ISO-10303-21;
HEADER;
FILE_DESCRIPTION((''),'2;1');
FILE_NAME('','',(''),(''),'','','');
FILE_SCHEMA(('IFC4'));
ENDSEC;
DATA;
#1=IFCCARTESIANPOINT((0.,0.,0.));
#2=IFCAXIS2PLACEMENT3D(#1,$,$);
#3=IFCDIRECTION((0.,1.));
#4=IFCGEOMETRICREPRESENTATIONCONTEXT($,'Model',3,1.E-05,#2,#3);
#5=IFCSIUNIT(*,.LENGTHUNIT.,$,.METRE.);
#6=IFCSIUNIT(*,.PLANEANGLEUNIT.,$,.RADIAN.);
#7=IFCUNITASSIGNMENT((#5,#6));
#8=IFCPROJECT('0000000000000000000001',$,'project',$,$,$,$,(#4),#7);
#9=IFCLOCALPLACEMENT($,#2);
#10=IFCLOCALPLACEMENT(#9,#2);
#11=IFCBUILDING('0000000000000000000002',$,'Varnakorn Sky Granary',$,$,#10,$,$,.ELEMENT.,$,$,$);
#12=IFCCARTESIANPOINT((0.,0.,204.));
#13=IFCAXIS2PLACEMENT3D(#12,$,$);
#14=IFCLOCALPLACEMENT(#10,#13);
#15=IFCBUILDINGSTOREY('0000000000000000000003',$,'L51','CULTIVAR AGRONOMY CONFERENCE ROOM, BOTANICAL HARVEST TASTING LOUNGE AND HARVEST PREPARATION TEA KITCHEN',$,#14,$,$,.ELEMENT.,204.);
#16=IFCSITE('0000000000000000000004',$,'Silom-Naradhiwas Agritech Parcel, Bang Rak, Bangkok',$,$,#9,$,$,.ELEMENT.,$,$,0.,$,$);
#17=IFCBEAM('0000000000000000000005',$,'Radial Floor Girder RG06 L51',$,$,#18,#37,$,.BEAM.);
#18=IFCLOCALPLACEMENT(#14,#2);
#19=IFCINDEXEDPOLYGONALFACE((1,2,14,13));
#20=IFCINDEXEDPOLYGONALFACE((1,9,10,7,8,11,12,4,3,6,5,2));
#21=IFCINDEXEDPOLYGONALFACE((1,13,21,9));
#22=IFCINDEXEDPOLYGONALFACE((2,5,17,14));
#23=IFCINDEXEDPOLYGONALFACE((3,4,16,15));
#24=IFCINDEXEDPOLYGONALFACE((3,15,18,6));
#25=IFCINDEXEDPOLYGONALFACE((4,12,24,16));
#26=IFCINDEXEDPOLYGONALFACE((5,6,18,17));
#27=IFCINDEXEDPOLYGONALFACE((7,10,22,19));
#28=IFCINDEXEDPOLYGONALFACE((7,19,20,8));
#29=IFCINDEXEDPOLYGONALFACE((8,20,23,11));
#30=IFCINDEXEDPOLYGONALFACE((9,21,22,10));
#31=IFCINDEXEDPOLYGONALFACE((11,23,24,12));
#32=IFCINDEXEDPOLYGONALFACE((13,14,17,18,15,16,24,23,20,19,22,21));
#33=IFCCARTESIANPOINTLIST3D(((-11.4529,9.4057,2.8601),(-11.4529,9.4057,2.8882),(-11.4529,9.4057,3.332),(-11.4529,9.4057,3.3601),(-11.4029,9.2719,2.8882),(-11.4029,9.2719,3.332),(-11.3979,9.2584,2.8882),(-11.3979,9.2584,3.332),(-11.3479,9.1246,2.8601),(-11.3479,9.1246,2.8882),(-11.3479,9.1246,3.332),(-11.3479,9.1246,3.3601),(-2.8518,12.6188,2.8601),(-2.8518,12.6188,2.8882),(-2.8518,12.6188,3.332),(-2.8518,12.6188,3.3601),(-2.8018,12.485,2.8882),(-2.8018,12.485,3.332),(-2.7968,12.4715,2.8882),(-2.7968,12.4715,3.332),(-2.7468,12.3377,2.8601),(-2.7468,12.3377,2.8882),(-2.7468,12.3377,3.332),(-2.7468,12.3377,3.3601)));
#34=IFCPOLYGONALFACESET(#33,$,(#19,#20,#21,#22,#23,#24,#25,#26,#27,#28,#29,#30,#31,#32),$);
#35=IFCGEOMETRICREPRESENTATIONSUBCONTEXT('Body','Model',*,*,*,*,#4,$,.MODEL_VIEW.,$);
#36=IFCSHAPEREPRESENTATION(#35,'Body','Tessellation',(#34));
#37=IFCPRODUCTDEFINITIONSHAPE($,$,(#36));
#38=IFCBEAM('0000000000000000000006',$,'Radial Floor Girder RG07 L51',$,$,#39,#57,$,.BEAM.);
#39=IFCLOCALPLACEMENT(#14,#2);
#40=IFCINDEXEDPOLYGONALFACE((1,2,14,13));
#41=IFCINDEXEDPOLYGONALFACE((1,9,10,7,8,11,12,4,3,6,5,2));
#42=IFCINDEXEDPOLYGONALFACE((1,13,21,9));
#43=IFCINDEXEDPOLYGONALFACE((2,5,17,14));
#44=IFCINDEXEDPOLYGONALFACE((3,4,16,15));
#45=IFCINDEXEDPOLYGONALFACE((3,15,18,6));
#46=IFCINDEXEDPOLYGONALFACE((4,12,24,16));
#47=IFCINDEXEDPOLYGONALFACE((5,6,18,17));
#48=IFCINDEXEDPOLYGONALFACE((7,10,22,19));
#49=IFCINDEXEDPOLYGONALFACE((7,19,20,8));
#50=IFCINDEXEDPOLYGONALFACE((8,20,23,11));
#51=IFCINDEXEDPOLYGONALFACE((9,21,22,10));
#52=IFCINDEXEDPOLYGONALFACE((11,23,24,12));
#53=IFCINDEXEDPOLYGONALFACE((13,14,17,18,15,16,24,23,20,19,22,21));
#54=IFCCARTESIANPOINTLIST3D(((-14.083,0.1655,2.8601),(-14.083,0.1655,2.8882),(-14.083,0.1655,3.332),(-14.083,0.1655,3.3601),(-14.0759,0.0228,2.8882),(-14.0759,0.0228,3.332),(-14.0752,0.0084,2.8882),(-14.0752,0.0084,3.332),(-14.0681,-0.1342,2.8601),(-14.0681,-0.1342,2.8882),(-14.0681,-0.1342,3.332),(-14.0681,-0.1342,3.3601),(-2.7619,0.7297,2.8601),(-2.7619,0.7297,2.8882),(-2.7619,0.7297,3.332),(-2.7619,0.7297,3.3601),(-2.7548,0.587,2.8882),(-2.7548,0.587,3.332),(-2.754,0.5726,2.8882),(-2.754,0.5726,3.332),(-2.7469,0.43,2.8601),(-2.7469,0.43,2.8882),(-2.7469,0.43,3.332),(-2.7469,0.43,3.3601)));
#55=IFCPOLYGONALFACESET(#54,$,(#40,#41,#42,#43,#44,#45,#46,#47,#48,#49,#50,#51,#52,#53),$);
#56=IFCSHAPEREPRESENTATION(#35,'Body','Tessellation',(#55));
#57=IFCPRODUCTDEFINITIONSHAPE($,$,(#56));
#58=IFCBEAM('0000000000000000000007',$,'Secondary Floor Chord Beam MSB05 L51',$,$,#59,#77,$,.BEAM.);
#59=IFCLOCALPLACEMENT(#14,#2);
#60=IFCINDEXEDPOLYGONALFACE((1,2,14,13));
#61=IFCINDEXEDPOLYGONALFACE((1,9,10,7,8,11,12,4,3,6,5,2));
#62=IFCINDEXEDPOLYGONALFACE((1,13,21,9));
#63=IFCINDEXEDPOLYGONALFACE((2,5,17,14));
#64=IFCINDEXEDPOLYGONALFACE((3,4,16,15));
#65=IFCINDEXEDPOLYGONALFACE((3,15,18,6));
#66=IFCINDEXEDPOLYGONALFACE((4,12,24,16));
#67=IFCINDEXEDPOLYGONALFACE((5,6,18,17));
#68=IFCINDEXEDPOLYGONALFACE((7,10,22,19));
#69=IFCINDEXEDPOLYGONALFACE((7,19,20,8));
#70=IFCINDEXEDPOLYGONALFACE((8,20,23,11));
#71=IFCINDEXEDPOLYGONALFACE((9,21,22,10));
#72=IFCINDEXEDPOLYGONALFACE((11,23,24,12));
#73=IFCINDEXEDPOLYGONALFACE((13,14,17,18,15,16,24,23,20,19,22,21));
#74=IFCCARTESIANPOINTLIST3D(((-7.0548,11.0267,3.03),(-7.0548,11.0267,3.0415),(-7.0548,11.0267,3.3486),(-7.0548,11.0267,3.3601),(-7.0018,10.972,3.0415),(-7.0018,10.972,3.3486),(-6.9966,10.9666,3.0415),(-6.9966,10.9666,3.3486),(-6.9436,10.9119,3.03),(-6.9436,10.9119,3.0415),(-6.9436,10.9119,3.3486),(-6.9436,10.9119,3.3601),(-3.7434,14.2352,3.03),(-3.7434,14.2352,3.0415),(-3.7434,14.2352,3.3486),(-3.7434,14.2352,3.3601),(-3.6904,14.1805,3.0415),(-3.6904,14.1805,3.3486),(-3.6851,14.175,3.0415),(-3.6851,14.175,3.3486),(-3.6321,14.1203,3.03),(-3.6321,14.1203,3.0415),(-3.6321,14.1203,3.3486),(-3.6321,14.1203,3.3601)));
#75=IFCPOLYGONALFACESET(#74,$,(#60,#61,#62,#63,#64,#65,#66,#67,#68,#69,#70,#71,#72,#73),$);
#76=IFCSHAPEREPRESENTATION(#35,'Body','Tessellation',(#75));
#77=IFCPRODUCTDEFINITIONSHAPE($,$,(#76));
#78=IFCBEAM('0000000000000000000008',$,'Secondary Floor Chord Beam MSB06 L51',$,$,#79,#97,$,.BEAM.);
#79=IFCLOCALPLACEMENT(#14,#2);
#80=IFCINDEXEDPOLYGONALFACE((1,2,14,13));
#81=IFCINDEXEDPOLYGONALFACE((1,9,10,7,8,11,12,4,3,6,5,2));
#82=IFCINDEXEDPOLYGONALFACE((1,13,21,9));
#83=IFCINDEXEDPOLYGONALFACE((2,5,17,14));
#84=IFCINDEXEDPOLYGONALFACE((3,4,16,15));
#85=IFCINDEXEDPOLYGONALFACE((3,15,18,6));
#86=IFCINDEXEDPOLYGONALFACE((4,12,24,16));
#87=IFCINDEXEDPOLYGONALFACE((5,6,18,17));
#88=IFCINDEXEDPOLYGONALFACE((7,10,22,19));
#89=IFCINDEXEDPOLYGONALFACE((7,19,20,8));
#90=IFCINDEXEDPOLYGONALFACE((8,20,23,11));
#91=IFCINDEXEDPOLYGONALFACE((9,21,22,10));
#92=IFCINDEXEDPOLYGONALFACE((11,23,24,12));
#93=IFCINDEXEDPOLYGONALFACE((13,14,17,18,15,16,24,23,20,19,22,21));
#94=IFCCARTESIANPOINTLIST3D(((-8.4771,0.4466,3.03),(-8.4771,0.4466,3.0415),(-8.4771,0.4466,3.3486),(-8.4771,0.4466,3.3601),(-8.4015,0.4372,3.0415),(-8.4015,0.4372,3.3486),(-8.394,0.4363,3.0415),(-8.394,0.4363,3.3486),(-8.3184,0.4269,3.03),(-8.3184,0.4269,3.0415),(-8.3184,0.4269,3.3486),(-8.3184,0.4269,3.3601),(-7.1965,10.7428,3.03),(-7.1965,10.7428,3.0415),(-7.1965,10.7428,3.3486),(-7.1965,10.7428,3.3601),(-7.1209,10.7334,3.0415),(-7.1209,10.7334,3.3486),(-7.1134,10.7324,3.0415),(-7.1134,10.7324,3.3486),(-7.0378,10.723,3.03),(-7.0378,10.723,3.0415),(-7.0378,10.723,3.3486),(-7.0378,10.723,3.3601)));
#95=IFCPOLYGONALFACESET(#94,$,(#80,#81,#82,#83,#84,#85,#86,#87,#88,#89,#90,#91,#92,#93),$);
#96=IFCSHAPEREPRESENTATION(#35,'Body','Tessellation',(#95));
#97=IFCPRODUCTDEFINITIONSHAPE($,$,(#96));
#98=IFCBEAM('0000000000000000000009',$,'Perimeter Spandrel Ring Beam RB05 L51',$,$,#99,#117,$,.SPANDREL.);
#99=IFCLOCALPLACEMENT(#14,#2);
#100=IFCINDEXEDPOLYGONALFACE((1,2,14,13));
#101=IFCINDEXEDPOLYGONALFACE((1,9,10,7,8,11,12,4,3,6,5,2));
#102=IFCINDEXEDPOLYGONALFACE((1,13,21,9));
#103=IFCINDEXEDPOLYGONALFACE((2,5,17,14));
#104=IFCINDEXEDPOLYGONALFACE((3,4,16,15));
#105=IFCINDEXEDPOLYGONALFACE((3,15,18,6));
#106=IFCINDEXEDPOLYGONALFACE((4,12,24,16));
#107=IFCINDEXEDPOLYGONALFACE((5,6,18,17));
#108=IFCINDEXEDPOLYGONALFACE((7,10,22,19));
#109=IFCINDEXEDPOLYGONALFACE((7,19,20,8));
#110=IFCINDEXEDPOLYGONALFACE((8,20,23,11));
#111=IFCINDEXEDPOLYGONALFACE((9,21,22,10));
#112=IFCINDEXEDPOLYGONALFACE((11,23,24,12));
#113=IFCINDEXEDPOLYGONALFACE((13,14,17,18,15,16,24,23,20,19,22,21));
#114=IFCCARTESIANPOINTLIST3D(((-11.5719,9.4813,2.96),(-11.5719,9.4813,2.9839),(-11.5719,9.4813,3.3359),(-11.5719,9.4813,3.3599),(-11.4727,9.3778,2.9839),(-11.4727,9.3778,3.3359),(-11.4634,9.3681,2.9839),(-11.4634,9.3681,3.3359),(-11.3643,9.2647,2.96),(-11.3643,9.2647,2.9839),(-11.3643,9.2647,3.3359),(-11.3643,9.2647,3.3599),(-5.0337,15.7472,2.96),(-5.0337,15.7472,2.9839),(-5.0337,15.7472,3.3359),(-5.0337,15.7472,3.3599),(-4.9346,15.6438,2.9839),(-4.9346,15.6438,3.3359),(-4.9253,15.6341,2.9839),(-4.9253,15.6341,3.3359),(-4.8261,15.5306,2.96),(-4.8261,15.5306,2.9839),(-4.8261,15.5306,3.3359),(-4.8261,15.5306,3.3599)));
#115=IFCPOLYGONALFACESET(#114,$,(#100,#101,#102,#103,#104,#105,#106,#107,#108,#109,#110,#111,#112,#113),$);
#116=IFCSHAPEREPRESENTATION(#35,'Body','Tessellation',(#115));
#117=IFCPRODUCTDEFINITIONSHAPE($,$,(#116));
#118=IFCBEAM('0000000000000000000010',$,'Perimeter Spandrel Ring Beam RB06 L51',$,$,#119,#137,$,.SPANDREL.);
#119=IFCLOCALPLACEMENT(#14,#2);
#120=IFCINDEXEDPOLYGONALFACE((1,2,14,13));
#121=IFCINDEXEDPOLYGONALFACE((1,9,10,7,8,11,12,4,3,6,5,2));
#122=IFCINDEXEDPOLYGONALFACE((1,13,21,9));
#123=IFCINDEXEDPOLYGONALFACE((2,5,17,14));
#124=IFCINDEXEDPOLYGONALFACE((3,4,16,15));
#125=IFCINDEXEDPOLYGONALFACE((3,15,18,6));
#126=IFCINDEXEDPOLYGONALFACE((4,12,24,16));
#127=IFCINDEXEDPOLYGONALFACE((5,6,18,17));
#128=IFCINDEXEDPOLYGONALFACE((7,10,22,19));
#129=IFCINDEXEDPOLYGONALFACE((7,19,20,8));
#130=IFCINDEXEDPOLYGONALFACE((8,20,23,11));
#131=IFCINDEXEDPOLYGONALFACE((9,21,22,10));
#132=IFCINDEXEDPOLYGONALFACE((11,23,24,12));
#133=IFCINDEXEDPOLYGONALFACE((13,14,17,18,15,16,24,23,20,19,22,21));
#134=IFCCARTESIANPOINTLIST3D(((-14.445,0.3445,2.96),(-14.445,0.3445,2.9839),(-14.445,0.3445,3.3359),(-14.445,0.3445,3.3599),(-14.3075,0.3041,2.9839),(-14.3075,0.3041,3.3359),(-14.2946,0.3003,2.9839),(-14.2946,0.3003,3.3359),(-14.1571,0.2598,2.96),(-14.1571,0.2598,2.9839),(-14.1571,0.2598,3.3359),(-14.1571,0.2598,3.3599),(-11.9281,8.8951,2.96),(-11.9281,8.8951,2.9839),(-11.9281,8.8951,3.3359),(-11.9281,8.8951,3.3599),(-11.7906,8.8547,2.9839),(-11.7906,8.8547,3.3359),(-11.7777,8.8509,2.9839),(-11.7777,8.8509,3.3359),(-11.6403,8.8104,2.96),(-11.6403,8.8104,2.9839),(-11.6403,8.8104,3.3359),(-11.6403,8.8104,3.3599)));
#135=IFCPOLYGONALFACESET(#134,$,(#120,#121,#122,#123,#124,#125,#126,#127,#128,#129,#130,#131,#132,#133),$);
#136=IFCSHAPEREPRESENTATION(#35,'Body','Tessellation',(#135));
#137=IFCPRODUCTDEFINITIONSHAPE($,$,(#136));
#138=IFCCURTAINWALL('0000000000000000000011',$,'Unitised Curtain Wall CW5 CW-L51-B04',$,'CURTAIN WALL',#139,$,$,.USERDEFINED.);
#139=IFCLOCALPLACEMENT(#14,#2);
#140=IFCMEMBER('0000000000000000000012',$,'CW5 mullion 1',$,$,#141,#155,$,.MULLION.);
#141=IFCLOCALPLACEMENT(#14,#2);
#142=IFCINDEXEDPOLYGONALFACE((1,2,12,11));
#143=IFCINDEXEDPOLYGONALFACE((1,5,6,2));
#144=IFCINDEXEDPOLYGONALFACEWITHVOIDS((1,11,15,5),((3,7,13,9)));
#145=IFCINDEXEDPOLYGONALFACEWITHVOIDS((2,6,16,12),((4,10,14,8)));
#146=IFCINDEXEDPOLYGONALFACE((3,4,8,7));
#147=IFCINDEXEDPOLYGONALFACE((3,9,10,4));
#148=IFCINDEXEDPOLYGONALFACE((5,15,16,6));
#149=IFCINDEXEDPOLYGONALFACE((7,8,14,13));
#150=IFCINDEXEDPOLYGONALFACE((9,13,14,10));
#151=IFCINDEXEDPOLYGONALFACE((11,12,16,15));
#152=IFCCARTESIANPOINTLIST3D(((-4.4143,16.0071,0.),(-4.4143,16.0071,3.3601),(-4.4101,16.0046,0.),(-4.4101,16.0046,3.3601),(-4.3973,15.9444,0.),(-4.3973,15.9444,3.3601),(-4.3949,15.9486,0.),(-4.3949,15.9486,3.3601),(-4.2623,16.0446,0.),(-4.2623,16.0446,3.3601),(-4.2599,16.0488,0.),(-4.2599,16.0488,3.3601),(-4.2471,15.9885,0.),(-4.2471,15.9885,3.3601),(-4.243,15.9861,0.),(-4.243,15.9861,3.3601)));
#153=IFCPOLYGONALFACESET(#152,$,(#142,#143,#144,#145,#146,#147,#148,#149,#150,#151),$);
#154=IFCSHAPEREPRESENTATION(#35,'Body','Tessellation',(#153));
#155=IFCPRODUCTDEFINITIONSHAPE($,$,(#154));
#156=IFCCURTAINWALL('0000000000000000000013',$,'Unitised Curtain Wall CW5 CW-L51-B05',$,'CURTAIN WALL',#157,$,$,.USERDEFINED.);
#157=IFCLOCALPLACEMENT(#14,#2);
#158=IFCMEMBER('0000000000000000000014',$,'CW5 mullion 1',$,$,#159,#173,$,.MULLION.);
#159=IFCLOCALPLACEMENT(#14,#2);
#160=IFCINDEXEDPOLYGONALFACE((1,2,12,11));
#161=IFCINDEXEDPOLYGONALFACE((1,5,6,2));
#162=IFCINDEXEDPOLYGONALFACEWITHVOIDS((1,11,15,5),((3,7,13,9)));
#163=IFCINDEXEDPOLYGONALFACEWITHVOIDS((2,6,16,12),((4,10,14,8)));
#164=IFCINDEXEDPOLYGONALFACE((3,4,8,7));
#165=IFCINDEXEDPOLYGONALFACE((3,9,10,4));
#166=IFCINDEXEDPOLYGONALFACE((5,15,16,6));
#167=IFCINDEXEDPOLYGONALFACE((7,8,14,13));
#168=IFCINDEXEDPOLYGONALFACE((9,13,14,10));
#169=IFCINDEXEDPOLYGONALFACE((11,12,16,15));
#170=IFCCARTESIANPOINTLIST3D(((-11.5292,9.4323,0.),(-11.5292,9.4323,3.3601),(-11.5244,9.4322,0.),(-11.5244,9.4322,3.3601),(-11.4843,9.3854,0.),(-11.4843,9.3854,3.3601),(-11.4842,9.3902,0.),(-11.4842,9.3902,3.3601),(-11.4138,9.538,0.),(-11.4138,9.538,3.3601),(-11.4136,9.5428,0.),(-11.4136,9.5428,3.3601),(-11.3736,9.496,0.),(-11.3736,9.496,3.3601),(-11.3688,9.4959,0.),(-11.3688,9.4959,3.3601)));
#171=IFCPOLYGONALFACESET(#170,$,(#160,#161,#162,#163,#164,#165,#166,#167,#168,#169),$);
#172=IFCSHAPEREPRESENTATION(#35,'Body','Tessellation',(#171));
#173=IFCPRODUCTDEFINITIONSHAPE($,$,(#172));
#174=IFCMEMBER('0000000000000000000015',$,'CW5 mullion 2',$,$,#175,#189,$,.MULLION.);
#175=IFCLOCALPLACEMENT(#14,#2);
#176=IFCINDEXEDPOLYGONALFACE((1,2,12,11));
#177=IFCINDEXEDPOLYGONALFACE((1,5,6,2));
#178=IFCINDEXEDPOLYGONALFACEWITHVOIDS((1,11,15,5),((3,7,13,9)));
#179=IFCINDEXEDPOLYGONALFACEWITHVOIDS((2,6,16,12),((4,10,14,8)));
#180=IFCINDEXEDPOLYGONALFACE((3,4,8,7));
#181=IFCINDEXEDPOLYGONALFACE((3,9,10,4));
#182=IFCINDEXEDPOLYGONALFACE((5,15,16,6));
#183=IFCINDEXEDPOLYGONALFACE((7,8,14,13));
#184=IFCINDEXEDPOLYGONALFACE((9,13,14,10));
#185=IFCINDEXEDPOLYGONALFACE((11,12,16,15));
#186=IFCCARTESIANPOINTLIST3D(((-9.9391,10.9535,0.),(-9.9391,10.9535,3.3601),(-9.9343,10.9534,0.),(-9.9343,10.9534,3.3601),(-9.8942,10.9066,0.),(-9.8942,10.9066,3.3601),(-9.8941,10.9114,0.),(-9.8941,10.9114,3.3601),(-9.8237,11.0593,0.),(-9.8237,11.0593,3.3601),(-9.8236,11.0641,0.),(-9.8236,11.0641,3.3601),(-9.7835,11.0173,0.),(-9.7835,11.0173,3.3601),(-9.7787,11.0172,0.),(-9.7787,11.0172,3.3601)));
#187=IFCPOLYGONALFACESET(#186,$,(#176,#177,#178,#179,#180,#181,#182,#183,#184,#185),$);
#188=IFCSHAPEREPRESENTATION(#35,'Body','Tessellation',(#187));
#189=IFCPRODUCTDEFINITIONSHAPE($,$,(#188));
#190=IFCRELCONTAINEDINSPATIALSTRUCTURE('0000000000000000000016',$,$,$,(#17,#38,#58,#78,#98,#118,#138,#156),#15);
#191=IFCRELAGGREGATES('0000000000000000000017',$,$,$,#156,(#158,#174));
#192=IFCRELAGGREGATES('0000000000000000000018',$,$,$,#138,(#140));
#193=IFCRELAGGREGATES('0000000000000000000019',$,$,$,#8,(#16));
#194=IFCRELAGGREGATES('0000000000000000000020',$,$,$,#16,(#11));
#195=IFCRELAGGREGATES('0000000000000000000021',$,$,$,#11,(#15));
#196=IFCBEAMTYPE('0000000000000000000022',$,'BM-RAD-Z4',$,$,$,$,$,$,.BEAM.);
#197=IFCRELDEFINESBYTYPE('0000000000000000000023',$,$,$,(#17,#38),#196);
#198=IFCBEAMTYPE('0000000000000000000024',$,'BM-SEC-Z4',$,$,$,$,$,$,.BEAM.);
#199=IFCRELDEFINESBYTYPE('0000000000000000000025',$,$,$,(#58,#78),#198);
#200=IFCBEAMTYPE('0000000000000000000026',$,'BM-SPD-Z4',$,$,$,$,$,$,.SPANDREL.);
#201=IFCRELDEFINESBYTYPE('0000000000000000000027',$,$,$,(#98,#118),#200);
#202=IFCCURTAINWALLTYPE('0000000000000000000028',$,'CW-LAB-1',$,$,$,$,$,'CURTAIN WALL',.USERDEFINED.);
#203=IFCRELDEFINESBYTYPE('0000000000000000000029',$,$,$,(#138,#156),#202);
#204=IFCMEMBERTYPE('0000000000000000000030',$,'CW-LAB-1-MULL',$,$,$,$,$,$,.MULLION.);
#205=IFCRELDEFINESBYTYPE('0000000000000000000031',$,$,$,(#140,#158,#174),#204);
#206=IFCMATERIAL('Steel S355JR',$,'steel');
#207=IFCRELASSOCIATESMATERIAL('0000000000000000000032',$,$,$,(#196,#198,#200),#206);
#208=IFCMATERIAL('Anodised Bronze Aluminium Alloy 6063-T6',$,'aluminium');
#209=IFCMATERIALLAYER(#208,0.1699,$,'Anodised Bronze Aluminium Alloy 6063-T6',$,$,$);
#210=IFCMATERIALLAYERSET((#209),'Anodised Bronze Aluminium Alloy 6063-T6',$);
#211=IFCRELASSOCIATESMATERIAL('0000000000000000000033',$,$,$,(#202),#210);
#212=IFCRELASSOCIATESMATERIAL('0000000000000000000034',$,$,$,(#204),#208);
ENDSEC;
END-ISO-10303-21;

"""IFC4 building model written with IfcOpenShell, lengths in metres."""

from ifc_helpers import new_model, si_unit, direction, frame, origin, origin_2d, place, context, subcontext, project, spatial, hollow_rectangle, i_section, extrude, material, layer, layer_set, material_profile, profile_set, type_object, element, aggregate, save


model = new_model("IFC4")

# Units and contexts
model_context = context("Model", 3, precision=1e-05, world=origin(), true_north=direction((0.0, 1.0)))
body_context = subcontext(model_context, "Body", "Model", "MODEL_VIEW")
ifc_project = project(units=[si_unit("LENGTHUNIT", "METRE"), si_unit("PLANEANGLEUNIT", "RADIAN")], contexts=[model_context])

# Site, building, storey
site_placement = place(None, origin())
site = spatial("IfcSite", under=ifc_project, at=site_placement, Name="Silom-Naradhiwas Agritech Parcel, Bang Rak, Bangkok", CompositionType="ELEMENT", RefElevation=0.0)
building_placement = place(site_placement, origin())
building = spatial("IfcBuilding", under=site, at=building_placement, Name="Varnakorn Sky Granary", CompositionType="ELEMENT")
storey_placement = place(building_placement, frame((0.0, 0.0, 204.0)))
storey = spatial("IfcBuildingStorey", under=building, at=storey_placement, Name="L51", Description="CULTIVAR AGRONOMY CONFERENCE ROOM, BOTANICAL HARVEST TASTING LOUNGE AND HARVEST PREPARATION TEA KITCHEN", CompositionType="ELEMENT", Elevation=204.0)

# Beams
ifc_material_1 = material(Name="Steel S355JR", Category="steel")
ifc_material_profile_1 = material_profile(ifc_material_1, i_section(OverallWidth=0.3, OverallDepth=0.5, WebThickness=0.0144, FlangeThickness=0.0281, at=origin_2d()), Name="HE 500 B")
ifc_profile_set_1 = profile_set([ifc_material_profile_1], Name="Steel S355JR")
beam_type_1 = type_object("IfcBeamType", Name="BM-RAD-Z4", PredefinedType="BEAM", material=ifc_profile_set_1)
beam_1_placement = place(storey_placement, frame((-2.7993, 12.4783, 3.1101), z_axis=(-0.936768, -0.349952, 0.0), x_axis=(0.349952, -0.936768, 0.0)))
element("IfcBeam", 1, at=beam_1_placement, inside=storey, type_object=beam_type_1, Name="Radial Floor Girder RG06 L51", PredefinedType="BEAM", context=body_context, shape_type="SweptSolid", body=[
    extrude(i_section(OverallWidth=0.3, OverallDepth=0.5, WebThickness=0.0144, FlangeThickness=0.0281, at=origin_2d()), origin(), (0.0, 0.0, 1.0), 9.1816),
])
beam_2_placement = place(storey_placement, frame((-2.7544, 0.5798, 3.1101), z_axis=(-0.99876, -0.049775, 0.0), x_axis=(0.049775, -0.99876, 0.0)))
element("IfcBeam", 2, at=beam_2_placement, inside=storey, type_object=beam_type_1, Name="Radial Floor Girder RG07 L51", PredefinedType="BEAM", context=body_context, shape_type="SweptSolid", body=[
    extrude(i_section(OverallWidth=0.3, OverallDepth=0.5, WebThickness=0.0144, FlangeThickness=0.0281, at=origin_2d()), origin(), (0.0, 0.0, 1.0), 11.3352),
])
ifc_material_profile_2 = material_profile(ifc_material_1, i_section(OverallWidth=0.1599, OverallDepth=0.3301, WebThickness=0.0076, FlangeThickness=0.0115, at=origin_2d()), Name="IPE 330")
ifc_profile_set_2 = profile_set([ifc_material_profile_2], Name="Steel S355JR")
beam_type_2 = type_object("IfcBeamType", Name="BM-SEC-Z4", PredefinedType="BEAM", material=ifc_profile_set_2)
beam_3_placement = place(storey_placement, frame((-3.6877, 14.1777, 3.1951), z_axis=(-0.718191, -0.695846, 0.0), x_axis=(0.695846, -0.718191, 0.0)))
element("IfcBeam", 3, at=beam_3_placement, inside=storey, type_object=beam_type_2, Name="Secondary Floor Chord Beam MSB05 L51", PredefinedType="BEAM", context=body_context, shape_type="SweptSolid", body=[
    extrude(i_section(OverallWidth=0.1599, OverallDepth=0.3301, WebThickness=0.0076, FlangeThickness=0.0115, at=origin_2d()), origin(), (0.0, 0.0, 1.0), 4.6108),
])
beam_4_placement = place(storey_placement, frame((-7.1172, 10.7329, 3.1951), z_axis=(-0.123418, -0.992355, 0.0), x_axis=(0.992355, -0.123418, 0.0)))
element("IfcBeam", 4, at=beam_4_placement, inside=storey, type_object=beam_type_2, Name="Secondary Floor Chord Beam MSB06 L51", PredefinedType="BEAM", context=body_context, shape_type="SweptSolid", body=[
    extrude(i_section(OverallWidth=0.1599, OverallDepth=0.3301, WebThickness=0.0076, FlangeThickness=0.0115, at=origin_2d()), origin(), (0.0, 0.0, 1.0), 10.3755),
])
ifc_material_profile_3 = material_profile(ifc_material_1, i_section(OverallWidth=0.3, OverallDepth=0.3999, WebThickness=0.0134, FlangeThickness=0.0239, at=origin_2d()), Name="HE 400 B")
ifc_profile_set_3 = profile_set([ifc_material_profile_3], Name="Steel S355JR")
beam_type_3 = type_object("IfcBeamType", Name="BM-SPD-Z4", PredefinedType="SPANDREL", material=ifc_profile_set_3)
beam_5_placement = place(storey_placement, frame((-4.9299, 15.6389, 3.1599), z_axis=(-0.721977, -0.691917, 0.0), x_axis=(0.691917, -0.721977, 0.0)))
element("IfcBeam", 5, at=beam_5_placement, inside=storey, type_object=beam_type_3, Name="Perimeter Spandrel Ring Beam RB05 L51", PredefinedType="SPANDREL", context=body_context, shape_type="SweptSolid", body=[
    extrude(i_section(OverallWidth=0.3, OverallDepth=0.3999, WebThickness=0.0134, FlangeThickness=0.0239, at=origin_2d()), origin(), (0.0, 0.0, 1.0), 9.0559),
])
beam_6_placement = place(storey_placement, frame((-11.7842, 8.8528, 3.1599), z_axis=(-0.282371, -0.959305, 0.0), x_axis=(0.959305, -0.282371, 0.0)))
element("IfcBeam", 6, at=beam_6_placement, inside=storey, type_object=beam_type_3, Name="Perimeter Spandrel Ring Beam RB06 L51", PredefinedType="SPANDREL", context=body_context, shape_type="SweptSolid", body=[
    extrude(i_section(OverallWidth=0.3, OverallDepth=0.3999, WebThickness=0.0134, FlangeThickness=0.0239, at=origin_2d()), origin(), (0.0, 0.0, 1.0), 8.9133),
])

# Curtain wall, member
ifc_material_2 = material(Name="Anodised Bronze Aluminium Alloy 6063-T6", Category="aluminium")
ifc_layer_1 = layer(ifc_material_2, 0.1699, Name="Anodised Bronze Aluminium Alloy 6063-T6")
ifc_layer_set_1 = layer_set([ifc_layer_1], Name="Anodised Bronze Aluminium Alloy 6063-T6")
curtain_wall_type = type_object("IfcCurtainWallType", Name="CW-LAB-1", ElementType="CURTAIN WALL", PredefinedType="USERDEFINED", material=ifc_layer_set_1)
curtain_wall_1_placement = place(storey_placement, origin())
curtain_wall_1 = element("IfcCurtainWall", 7, at=curtain_wall_1_placement, inside=storey, type_object=curtain_wall_type, Name="Unitised Curtain Wall CW5 CW-L51-B04", ObjectType="CURTAIN WALL", PredefinedType="USERDEFINED")
ifc_material_profile_4 = material_profile(ifc_material_2, hollow_rectangle(XDim=0.0649, YDim=0.1599, WallThickness=0.0034, at=origin_2d()), Name="ALU MULL 65x160")
ifc_profile_set_4 = profile_set([ifc_material_profile_4], Name="Anodised Bronze Aluminium Alloy 6063-T6")
member_type_1 = type_object("IfcMemberType", Name="CW-LAB-1-MULL", PredefinedType="MULLION", material=ifc_profile_set_4)
member_1_placement = place(storey_placement, frame((-4.3286, 15.9966, 0.0), z_axis=(0.0, 0.0, 1.0), x_axis=(-0.261069, 0.96532, 0.0)))
member_1 = element("IfcMember", 8, at=member_1_placement, type_object=member_type_1, Name="CW5 mullion 1", PredefinedType="MULLION", context=body_context, shape_type="SweptSolid", body=[
    extrude(hollow_rectangle(XDim=0.0649, YDim=0.1599, WallThickness=0.0034, at=origin_2d()), origin(), (0.0, 0.0, 1.0), 3.3601),
])

# Curtain wall, members
curtain_wall_2_placement = place(storey_placement, origin())
curtain_wall_2 = element("IfcCurtainWall", 9, at=curtain_wall_2_placement, inside=storey, type_object=curtain_wall_type, Name="Unitised Curtain Wall CW5 CW-L51-B05", ObjectType="CURTAIN WALL", PredefinedType="USERDEFINED")
member_2_placement = place(storey_placement, frame((-11.449, 9.4641, 0.0), z_axis=(0.0, 0.0, 1.0), x_axis=(-0.691317, 0.722551, 0.0)))
member_2 = element("IfcMember", 10, at=member_2_placement, type_object=member_type_1, Name="CW5 mullion 1", PredefinedType="MULLION", context=body_context, shape_type="SweptSolid", body=[
    extrude(hollow_rectangle(XDim=0.0649, YDim=0.1599, WallThickness=0.0034, at=origin_2d()), origin(), (0.0, 0.0, 1.0), 3.3601),
])
member_3_placement = place(storey_placement, frame((-9.8589, 10.9854, 0.0), z_axis=(0.0, 0.0, 1.0), x_axis=(-0.691317, 0.722551, 0.0)))
member_3 = element("IfcMember", 11, at=member_3_placement, type_object=member_type_1, Name="CW5 mullion 2", PredefinedType="MULLION", context=body_context, shape_type="SweptSolid", body=[
    extrude(hollow_rectangle(XDim=0.0649, YDim=0.1599, WallThickness=0.0034, at=origin_2d()), origin(), (0.0, 0.0, 1.0), 3.3601),
])

aggregate(curtain_wall_2, [member_2, member_3])
aggregate(curtain_wall_1, [member_1])

save(model, "model.ifc")
